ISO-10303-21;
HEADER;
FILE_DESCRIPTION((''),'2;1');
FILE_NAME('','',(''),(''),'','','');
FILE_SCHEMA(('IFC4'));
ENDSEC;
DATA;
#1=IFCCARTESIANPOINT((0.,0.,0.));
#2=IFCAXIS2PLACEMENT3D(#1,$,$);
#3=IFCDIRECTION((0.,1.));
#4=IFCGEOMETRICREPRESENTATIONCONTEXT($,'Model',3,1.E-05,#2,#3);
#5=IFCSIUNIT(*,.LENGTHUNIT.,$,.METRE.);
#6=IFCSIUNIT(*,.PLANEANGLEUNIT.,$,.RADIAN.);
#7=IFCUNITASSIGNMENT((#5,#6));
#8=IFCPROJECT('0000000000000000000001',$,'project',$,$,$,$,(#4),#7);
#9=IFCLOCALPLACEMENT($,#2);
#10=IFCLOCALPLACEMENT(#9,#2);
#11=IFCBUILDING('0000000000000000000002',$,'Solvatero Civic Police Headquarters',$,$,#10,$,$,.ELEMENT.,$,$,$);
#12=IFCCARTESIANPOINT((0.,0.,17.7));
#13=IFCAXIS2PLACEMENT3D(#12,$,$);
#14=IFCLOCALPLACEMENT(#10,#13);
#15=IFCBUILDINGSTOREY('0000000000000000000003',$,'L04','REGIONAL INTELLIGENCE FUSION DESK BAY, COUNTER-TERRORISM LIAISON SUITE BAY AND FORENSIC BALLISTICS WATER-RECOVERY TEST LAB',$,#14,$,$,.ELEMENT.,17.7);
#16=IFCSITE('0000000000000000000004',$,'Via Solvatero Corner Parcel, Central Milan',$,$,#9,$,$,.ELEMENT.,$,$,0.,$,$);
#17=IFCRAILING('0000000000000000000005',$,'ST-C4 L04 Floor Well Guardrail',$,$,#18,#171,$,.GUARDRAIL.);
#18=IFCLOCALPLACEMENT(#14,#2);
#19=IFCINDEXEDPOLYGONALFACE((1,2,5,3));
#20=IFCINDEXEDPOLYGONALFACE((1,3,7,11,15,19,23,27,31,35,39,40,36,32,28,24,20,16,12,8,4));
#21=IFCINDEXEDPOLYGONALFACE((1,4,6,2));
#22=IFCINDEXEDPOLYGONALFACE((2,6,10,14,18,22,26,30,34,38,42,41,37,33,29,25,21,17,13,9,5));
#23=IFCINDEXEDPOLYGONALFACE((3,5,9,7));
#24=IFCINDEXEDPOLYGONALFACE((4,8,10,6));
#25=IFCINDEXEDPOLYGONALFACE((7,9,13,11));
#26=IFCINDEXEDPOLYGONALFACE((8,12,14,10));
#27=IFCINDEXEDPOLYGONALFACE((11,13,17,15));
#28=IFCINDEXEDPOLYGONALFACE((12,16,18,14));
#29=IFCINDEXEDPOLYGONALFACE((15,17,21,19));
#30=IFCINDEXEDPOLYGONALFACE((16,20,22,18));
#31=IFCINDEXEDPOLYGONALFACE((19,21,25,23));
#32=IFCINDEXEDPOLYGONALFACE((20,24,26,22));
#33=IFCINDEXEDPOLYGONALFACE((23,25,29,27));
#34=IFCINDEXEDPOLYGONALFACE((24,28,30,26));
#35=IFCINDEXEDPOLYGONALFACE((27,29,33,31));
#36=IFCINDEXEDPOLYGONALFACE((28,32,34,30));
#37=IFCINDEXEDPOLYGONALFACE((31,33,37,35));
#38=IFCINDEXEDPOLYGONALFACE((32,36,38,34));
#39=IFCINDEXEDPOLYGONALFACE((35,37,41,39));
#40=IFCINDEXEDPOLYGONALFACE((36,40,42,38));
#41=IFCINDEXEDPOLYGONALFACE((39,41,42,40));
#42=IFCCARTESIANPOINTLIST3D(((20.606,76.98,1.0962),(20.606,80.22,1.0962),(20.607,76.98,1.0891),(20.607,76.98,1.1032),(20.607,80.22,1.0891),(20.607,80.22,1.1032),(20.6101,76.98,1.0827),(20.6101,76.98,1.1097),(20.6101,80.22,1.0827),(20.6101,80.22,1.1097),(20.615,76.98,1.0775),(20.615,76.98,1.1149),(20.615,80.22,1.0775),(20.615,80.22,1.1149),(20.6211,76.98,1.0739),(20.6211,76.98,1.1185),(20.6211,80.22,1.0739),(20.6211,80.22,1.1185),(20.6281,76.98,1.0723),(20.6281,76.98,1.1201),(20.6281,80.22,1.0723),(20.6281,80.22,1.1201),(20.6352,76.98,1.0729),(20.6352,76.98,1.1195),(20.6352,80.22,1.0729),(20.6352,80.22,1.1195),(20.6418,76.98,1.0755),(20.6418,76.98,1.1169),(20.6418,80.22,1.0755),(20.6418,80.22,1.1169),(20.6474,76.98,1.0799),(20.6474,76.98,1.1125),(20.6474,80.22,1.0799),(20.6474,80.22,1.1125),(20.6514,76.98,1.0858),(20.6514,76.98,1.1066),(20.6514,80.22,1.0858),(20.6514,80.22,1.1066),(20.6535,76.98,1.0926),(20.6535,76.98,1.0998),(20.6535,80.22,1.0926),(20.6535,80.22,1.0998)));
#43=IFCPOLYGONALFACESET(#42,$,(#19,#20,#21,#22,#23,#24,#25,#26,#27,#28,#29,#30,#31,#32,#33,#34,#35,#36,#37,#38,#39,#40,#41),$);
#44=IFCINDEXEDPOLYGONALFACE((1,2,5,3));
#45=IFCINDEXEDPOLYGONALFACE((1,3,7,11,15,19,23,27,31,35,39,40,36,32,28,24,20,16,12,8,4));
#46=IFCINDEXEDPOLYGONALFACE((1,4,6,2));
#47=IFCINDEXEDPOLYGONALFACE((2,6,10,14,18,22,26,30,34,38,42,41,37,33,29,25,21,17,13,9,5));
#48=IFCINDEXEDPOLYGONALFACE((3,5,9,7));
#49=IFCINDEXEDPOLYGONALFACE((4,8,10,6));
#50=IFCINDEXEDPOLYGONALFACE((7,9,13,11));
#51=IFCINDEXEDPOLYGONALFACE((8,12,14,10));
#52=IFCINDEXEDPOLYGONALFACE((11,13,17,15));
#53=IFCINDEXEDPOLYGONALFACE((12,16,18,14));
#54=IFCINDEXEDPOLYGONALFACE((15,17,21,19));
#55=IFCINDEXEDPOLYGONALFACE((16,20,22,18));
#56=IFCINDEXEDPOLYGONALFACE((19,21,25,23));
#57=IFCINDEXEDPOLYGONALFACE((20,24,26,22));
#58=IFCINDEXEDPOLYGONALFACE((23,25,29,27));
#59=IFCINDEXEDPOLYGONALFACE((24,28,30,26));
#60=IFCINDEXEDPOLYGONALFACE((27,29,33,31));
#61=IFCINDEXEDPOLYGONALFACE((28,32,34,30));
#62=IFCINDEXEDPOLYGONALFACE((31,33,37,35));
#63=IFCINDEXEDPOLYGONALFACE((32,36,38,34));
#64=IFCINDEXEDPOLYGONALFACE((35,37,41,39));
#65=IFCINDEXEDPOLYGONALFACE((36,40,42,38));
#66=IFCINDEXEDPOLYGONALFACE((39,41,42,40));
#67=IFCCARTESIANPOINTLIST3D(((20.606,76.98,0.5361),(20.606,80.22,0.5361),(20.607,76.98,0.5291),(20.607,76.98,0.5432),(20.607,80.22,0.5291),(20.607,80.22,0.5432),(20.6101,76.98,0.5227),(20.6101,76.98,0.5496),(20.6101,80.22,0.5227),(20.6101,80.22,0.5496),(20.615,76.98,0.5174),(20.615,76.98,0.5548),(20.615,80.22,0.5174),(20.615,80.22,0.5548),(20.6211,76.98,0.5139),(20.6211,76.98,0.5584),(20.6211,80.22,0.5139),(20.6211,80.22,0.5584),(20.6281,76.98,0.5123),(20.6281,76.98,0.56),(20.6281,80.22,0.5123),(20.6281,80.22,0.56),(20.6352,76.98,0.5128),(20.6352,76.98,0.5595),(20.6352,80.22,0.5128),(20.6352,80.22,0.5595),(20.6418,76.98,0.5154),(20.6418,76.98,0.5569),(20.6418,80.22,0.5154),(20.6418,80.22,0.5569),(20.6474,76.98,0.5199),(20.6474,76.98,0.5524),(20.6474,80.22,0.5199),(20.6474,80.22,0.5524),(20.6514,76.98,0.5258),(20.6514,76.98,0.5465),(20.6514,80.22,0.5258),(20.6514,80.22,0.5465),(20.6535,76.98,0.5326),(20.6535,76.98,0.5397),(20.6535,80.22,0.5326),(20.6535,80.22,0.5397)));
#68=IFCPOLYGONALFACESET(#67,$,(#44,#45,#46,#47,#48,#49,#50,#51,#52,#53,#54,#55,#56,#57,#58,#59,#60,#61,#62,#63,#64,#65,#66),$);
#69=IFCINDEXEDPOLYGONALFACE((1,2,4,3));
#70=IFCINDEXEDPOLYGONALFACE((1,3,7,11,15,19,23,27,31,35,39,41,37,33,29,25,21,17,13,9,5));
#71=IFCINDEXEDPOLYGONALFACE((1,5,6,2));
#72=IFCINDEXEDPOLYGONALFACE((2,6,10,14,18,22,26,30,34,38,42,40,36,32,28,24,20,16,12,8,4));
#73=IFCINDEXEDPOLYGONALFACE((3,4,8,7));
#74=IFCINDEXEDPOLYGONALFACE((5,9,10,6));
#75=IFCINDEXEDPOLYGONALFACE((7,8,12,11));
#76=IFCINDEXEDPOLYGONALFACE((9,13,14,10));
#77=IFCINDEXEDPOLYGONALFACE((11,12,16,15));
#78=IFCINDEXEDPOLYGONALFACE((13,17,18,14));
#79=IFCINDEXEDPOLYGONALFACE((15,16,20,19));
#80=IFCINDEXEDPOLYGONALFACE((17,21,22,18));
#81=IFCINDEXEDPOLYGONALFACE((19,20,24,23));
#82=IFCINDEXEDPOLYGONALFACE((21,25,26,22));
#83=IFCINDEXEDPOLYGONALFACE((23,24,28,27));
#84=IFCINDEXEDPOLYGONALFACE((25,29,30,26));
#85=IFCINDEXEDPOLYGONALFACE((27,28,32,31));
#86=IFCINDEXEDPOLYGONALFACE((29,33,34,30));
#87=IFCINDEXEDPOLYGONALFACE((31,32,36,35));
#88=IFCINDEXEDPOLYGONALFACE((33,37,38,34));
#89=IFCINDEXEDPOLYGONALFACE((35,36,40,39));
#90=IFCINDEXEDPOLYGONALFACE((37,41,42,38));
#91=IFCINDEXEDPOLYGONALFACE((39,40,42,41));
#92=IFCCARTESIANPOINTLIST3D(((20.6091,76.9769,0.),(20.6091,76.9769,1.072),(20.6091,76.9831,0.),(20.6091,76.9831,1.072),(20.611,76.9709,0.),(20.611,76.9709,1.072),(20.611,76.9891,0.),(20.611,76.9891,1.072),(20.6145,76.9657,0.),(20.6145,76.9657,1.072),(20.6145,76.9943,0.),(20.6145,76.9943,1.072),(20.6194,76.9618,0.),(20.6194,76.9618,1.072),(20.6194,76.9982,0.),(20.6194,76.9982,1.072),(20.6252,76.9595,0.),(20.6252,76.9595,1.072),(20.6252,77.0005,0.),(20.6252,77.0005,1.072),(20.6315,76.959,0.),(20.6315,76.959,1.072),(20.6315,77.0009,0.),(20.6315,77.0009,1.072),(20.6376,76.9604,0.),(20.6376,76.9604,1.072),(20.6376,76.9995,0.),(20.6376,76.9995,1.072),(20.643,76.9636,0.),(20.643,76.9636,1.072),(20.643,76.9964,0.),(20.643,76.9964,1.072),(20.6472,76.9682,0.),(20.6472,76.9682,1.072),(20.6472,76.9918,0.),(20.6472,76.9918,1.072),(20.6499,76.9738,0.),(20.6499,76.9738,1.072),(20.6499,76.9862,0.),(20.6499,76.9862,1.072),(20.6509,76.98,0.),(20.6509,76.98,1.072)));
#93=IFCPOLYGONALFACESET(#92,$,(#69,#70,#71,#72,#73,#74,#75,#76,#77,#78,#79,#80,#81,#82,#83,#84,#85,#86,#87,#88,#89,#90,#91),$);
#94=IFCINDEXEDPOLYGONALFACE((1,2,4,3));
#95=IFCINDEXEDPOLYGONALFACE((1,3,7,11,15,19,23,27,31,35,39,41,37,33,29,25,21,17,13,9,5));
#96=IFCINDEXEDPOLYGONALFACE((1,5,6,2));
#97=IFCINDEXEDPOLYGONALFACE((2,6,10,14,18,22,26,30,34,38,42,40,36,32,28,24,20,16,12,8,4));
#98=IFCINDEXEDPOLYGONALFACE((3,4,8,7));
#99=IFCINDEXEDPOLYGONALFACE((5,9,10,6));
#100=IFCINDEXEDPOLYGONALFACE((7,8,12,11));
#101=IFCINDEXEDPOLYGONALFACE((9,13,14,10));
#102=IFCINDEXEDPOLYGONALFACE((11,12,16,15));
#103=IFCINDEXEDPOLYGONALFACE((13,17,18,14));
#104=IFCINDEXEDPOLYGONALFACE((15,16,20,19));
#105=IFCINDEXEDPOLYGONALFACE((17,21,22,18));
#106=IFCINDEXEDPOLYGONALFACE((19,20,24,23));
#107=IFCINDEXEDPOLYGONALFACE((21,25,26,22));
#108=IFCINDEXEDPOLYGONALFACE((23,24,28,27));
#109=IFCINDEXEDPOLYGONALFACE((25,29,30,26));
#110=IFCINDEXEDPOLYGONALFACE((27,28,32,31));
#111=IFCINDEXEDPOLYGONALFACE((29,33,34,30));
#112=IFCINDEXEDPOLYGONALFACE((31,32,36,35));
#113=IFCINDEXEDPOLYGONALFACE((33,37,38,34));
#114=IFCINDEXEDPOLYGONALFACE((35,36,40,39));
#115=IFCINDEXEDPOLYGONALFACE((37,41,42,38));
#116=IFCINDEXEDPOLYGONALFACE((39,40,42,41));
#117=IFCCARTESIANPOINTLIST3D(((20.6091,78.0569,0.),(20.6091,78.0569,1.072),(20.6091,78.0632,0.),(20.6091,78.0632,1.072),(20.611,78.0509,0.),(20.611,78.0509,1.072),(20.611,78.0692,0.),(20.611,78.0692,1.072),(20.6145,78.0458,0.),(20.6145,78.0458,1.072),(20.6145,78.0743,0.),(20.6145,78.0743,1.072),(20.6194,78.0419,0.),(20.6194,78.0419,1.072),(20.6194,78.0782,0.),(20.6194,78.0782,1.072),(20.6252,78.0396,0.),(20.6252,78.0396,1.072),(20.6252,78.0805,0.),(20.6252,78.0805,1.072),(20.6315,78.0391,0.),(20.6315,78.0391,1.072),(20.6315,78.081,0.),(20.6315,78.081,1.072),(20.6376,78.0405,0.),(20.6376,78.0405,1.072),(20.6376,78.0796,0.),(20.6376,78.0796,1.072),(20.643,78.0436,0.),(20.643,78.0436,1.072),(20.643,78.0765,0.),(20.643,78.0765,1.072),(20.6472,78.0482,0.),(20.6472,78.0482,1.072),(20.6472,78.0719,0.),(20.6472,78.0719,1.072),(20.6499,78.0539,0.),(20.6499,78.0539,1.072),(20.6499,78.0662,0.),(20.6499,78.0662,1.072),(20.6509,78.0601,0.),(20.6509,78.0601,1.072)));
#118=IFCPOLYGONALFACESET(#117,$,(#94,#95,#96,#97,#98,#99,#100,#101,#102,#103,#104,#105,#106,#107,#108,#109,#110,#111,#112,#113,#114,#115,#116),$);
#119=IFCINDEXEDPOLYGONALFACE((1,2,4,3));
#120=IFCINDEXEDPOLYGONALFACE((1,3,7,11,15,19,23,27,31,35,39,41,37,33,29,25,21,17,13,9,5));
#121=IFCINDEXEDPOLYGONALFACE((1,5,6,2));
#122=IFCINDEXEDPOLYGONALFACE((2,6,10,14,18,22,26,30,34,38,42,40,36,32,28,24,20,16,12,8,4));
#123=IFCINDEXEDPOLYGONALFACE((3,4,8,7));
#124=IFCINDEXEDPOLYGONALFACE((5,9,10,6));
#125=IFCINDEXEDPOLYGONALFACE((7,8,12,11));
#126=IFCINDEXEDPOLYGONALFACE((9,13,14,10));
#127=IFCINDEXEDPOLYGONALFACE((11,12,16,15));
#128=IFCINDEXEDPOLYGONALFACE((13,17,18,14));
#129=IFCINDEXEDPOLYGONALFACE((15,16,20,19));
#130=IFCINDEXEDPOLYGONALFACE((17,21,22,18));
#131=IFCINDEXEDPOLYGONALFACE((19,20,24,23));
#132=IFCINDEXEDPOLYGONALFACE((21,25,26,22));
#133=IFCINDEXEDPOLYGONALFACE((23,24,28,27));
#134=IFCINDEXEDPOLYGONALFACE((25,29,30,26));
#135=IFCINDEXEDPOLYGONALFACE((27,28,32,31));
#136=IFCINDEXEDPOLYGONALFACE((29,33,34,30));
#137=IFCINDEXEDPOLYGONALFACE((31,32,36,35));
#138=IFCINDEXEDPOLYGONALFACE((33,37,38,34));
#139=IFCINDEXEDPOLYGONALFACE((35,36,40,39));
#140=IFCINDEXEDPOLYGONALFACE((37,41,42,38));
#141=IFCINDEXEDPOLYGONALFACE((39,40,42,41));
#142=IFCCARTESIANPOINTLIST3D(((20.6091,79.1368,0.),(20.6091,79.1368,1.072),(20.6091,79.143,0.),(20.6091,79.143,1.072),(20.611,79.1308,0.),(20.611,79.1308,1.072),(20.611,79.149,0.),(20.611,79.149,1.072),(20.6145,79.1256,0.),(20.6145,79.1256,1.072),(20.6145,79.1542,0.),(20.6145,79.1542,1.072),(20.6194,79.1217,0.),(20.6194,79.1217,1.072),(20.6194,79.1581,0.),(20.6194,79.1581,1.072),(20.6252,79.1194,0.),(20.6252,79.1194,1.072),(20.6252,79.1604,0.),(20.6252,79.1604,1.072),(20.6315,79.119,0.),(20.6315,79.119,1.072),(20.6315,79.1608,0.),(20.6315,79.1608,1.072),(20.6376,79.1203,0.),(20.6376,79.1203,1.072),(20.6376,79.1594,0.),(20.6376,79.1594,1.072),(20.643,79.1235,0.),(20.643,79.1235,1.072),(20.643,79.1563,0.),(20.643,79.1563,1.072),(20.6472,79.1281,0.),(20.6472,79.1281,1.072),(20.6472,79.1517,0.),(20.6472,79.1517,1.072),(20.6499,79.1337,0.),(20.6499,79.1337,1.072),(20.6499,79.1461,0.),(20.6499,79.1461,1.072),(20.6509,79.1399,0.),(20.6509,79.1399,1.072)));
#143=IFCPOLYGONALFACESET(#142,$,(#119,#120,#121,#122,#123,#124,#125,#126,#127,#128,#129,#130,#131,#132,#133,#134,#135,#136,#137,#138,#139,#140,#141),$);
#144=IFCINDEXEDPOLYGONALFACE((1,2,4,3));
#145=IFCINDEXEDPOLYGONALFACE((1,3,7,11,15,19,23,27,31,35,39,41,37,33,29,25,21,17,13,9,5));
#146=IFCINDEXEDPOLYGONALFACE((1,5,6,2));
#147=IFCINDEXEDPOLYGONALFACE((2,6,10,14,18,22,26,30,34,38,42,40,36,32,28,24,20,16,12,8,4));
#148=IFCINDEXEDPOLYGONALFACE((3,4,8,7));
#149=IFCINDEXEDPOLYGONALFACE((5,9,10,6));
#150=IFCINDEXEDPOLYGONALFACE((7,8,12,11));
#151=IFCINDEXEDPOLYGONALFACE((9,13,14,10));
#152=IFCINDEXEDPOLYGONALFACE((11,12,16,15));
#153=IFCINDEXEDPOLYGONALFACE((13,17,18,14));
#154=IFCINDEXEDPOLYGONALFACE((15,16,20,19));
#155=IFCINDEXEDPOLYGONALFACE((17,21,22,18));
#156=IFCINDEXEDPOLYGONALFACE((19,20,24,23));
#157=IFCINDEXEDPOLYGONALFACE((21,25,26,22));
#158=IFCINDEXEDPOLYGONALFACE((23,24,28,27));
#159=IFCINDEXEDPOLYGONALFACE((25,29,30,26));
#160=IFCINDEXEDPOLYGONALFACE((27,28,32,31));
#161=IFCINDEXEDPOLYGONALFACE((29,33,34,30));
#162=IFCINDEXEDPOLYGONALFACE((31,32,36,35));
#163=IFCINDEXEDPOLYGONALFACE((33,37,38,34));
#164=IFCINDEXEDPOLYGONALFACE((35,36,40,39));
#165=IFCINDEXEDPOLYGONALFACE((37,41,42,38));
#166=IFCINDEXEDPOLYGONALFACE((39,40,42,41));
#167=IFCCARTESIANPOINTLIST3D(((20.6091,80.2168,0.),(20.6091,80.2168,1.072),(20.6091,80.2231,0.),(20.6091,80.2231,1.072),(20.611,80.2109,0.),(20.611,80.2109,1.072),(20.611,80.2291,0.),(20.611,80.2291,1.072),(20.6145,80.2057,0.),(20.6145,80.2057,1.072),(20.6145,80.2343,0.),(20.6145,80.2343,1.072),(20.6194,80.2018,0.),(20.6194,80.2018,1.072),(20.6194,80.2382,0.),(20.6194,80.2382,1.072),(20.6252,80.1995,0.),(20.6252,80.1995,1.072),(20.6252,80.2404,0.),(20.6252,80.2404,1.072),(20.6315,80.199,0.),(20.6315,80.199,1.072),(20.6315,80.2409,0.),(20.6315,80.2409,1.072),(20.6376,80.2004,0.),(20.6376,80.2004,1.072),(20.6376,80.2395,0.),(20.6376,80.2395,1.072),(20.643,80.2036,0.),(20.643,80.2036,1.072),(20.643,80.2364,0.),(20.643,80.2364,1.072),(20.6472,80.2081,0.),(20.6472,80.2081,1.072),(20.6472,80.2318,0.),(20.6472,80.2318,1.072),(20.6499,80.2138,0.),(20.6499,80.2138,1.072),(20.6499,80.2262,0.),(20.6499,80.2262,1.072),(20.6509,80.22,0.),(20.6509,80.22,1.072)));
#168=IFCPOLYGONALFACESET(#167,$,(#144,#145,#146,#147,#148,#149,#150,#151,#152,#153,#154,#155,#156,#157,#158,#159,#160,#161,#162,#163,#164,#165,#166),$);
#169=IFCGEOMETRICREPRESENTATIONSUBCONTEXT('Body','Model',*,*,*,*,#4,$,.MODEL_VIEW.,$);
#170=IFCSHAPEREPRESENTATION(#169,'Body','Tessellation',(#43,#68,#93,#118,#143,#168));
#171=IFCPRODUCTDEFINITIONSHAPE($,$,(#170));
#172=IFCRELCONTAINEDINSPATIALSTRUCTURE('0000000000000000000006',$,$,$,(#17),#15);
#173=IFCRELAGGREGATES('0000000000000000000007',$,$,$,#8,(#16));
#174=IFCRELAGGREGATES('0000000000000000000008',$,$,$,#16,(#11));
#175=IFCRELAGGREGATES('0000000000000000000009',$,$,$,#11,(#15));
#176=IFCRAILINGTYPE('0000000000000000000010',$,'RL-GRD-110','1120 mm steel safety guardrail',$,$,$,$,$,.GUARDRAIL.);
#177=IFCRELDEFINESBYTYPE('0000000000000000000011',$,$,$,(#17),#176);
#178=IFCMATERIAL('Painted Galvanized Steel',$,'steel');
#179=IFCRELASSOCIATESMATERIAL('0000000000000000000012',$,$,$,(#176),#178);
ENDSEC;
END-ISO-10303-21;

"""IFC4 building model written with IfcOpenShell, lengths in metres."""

from ifc_helpers import new_model, si_unit, direction, frame, origin, origin_2d, place, context, subcontext, project, spatial, circle, extrude, material, type_object, element, save


model = new_model("IFC4")

# Units and contexts
model_context = context("Model", 3, precision=1e-05, world=origin(), true_north=direction((0.0, 1.0)))
body_context = subcontext(model_context, "Body", "Model", "MODEL_VIEW")
ifc_project = project(units=[si_unit("LENGTHUNIT", "METRE"), si_unit("PLANEANGLEUNIT", "RADIAN")], contexts=[model_context])

# Site, building, storey
site_placement = place(None, origin())
site = spatial("IfcSite", under=ifc_project, at=site_placement, Name="Via Solvatero Corner Parcel, Central Milan", CompositionType="ELEMENT", RefElevation=0.0)
building_placement = place(site_placement, origin())
building = spatial("IfcBuilding", under=site, at=building_placement, Name="Solvatero Civic Police Headquarters", CompositionType="ELEMENT")
storey_placement = place(building_placement, frame((0.0, 0.0, 17.7)))
storey = spatial("IfcBuildingStorey", under=building, at=storey_placement, Name="L04", Description="REGIONAL INTELLIGENCE FUSION DESK BAY, COUNTER-TERRORISM LIAISON SUITE BAY AND FORENSIC BALLISTICS WATER-RECOVERY TEST LAB", CompositionType="ELEMENT", Elevation=17.7)

# Railing
ifc_material_1 = material(Name="Painted Galvanized Steel", Category="steel")
railing_type_1 = type_object("IfcRailingType", Name="RL-GRD-110", Description="1120 mm steel safety guardrail", PredefinedType="GUARDRAIL", material=ifc_material_1)
railing_1_placement = place(storey_placement, frame((20.6299, 76.98, 0.0)))
element("IfcRailing", 1, at=railing_1_placement, inside=storey, type_object=railing_type_1, Name="ST-C4 L04 Floor Well Guardrail", PredefinedType="GUARDRAIL", context=body_context, shape_type="SweptSolid", body=[
    extrude(circle(Radius=0.0239, at=origin_2d()), frame((0.0, 0.0, 1.0962), z_axis=(0.0, 1.0, 0.0), x_axis=(-1.0, 0.0, 0.0)), (0.0, 0.0, 1.0), 3.24),
    extrude(circle(Radius=0.0239, at=origin_2d()), frame((0.0, 0.0, 0.5361), z_axis=(0.0, 1.0, 0.0), x_axis=(-1.0, 0.0, 0.0)), (0.0, 0.0, 1.0), 3.24),
    extrude(circle(Radius=0.021, at=origin_2d()), origin(), (0.0, 0.0, 1.0), 1.072),
    extrude(circle(Radius=0.021, at=origin_2d()), frame((0.0, 1.0801, 0.0)), (0.0, 0.0, 1.0), 1.072),
    extrude(circle(Radius=0.021, at=origin_2d()), frame((0.0, 2.1599, 0.0)), (0.0, 0.0, 1.0), 1.072),
    extrude(circle(Radius=0.021, at=origin_2d()), frame((0.0, 3.24, 0.0)), (0.0, 0.0, 1.0), 1.072),
])

save(model, "model.ifc")
